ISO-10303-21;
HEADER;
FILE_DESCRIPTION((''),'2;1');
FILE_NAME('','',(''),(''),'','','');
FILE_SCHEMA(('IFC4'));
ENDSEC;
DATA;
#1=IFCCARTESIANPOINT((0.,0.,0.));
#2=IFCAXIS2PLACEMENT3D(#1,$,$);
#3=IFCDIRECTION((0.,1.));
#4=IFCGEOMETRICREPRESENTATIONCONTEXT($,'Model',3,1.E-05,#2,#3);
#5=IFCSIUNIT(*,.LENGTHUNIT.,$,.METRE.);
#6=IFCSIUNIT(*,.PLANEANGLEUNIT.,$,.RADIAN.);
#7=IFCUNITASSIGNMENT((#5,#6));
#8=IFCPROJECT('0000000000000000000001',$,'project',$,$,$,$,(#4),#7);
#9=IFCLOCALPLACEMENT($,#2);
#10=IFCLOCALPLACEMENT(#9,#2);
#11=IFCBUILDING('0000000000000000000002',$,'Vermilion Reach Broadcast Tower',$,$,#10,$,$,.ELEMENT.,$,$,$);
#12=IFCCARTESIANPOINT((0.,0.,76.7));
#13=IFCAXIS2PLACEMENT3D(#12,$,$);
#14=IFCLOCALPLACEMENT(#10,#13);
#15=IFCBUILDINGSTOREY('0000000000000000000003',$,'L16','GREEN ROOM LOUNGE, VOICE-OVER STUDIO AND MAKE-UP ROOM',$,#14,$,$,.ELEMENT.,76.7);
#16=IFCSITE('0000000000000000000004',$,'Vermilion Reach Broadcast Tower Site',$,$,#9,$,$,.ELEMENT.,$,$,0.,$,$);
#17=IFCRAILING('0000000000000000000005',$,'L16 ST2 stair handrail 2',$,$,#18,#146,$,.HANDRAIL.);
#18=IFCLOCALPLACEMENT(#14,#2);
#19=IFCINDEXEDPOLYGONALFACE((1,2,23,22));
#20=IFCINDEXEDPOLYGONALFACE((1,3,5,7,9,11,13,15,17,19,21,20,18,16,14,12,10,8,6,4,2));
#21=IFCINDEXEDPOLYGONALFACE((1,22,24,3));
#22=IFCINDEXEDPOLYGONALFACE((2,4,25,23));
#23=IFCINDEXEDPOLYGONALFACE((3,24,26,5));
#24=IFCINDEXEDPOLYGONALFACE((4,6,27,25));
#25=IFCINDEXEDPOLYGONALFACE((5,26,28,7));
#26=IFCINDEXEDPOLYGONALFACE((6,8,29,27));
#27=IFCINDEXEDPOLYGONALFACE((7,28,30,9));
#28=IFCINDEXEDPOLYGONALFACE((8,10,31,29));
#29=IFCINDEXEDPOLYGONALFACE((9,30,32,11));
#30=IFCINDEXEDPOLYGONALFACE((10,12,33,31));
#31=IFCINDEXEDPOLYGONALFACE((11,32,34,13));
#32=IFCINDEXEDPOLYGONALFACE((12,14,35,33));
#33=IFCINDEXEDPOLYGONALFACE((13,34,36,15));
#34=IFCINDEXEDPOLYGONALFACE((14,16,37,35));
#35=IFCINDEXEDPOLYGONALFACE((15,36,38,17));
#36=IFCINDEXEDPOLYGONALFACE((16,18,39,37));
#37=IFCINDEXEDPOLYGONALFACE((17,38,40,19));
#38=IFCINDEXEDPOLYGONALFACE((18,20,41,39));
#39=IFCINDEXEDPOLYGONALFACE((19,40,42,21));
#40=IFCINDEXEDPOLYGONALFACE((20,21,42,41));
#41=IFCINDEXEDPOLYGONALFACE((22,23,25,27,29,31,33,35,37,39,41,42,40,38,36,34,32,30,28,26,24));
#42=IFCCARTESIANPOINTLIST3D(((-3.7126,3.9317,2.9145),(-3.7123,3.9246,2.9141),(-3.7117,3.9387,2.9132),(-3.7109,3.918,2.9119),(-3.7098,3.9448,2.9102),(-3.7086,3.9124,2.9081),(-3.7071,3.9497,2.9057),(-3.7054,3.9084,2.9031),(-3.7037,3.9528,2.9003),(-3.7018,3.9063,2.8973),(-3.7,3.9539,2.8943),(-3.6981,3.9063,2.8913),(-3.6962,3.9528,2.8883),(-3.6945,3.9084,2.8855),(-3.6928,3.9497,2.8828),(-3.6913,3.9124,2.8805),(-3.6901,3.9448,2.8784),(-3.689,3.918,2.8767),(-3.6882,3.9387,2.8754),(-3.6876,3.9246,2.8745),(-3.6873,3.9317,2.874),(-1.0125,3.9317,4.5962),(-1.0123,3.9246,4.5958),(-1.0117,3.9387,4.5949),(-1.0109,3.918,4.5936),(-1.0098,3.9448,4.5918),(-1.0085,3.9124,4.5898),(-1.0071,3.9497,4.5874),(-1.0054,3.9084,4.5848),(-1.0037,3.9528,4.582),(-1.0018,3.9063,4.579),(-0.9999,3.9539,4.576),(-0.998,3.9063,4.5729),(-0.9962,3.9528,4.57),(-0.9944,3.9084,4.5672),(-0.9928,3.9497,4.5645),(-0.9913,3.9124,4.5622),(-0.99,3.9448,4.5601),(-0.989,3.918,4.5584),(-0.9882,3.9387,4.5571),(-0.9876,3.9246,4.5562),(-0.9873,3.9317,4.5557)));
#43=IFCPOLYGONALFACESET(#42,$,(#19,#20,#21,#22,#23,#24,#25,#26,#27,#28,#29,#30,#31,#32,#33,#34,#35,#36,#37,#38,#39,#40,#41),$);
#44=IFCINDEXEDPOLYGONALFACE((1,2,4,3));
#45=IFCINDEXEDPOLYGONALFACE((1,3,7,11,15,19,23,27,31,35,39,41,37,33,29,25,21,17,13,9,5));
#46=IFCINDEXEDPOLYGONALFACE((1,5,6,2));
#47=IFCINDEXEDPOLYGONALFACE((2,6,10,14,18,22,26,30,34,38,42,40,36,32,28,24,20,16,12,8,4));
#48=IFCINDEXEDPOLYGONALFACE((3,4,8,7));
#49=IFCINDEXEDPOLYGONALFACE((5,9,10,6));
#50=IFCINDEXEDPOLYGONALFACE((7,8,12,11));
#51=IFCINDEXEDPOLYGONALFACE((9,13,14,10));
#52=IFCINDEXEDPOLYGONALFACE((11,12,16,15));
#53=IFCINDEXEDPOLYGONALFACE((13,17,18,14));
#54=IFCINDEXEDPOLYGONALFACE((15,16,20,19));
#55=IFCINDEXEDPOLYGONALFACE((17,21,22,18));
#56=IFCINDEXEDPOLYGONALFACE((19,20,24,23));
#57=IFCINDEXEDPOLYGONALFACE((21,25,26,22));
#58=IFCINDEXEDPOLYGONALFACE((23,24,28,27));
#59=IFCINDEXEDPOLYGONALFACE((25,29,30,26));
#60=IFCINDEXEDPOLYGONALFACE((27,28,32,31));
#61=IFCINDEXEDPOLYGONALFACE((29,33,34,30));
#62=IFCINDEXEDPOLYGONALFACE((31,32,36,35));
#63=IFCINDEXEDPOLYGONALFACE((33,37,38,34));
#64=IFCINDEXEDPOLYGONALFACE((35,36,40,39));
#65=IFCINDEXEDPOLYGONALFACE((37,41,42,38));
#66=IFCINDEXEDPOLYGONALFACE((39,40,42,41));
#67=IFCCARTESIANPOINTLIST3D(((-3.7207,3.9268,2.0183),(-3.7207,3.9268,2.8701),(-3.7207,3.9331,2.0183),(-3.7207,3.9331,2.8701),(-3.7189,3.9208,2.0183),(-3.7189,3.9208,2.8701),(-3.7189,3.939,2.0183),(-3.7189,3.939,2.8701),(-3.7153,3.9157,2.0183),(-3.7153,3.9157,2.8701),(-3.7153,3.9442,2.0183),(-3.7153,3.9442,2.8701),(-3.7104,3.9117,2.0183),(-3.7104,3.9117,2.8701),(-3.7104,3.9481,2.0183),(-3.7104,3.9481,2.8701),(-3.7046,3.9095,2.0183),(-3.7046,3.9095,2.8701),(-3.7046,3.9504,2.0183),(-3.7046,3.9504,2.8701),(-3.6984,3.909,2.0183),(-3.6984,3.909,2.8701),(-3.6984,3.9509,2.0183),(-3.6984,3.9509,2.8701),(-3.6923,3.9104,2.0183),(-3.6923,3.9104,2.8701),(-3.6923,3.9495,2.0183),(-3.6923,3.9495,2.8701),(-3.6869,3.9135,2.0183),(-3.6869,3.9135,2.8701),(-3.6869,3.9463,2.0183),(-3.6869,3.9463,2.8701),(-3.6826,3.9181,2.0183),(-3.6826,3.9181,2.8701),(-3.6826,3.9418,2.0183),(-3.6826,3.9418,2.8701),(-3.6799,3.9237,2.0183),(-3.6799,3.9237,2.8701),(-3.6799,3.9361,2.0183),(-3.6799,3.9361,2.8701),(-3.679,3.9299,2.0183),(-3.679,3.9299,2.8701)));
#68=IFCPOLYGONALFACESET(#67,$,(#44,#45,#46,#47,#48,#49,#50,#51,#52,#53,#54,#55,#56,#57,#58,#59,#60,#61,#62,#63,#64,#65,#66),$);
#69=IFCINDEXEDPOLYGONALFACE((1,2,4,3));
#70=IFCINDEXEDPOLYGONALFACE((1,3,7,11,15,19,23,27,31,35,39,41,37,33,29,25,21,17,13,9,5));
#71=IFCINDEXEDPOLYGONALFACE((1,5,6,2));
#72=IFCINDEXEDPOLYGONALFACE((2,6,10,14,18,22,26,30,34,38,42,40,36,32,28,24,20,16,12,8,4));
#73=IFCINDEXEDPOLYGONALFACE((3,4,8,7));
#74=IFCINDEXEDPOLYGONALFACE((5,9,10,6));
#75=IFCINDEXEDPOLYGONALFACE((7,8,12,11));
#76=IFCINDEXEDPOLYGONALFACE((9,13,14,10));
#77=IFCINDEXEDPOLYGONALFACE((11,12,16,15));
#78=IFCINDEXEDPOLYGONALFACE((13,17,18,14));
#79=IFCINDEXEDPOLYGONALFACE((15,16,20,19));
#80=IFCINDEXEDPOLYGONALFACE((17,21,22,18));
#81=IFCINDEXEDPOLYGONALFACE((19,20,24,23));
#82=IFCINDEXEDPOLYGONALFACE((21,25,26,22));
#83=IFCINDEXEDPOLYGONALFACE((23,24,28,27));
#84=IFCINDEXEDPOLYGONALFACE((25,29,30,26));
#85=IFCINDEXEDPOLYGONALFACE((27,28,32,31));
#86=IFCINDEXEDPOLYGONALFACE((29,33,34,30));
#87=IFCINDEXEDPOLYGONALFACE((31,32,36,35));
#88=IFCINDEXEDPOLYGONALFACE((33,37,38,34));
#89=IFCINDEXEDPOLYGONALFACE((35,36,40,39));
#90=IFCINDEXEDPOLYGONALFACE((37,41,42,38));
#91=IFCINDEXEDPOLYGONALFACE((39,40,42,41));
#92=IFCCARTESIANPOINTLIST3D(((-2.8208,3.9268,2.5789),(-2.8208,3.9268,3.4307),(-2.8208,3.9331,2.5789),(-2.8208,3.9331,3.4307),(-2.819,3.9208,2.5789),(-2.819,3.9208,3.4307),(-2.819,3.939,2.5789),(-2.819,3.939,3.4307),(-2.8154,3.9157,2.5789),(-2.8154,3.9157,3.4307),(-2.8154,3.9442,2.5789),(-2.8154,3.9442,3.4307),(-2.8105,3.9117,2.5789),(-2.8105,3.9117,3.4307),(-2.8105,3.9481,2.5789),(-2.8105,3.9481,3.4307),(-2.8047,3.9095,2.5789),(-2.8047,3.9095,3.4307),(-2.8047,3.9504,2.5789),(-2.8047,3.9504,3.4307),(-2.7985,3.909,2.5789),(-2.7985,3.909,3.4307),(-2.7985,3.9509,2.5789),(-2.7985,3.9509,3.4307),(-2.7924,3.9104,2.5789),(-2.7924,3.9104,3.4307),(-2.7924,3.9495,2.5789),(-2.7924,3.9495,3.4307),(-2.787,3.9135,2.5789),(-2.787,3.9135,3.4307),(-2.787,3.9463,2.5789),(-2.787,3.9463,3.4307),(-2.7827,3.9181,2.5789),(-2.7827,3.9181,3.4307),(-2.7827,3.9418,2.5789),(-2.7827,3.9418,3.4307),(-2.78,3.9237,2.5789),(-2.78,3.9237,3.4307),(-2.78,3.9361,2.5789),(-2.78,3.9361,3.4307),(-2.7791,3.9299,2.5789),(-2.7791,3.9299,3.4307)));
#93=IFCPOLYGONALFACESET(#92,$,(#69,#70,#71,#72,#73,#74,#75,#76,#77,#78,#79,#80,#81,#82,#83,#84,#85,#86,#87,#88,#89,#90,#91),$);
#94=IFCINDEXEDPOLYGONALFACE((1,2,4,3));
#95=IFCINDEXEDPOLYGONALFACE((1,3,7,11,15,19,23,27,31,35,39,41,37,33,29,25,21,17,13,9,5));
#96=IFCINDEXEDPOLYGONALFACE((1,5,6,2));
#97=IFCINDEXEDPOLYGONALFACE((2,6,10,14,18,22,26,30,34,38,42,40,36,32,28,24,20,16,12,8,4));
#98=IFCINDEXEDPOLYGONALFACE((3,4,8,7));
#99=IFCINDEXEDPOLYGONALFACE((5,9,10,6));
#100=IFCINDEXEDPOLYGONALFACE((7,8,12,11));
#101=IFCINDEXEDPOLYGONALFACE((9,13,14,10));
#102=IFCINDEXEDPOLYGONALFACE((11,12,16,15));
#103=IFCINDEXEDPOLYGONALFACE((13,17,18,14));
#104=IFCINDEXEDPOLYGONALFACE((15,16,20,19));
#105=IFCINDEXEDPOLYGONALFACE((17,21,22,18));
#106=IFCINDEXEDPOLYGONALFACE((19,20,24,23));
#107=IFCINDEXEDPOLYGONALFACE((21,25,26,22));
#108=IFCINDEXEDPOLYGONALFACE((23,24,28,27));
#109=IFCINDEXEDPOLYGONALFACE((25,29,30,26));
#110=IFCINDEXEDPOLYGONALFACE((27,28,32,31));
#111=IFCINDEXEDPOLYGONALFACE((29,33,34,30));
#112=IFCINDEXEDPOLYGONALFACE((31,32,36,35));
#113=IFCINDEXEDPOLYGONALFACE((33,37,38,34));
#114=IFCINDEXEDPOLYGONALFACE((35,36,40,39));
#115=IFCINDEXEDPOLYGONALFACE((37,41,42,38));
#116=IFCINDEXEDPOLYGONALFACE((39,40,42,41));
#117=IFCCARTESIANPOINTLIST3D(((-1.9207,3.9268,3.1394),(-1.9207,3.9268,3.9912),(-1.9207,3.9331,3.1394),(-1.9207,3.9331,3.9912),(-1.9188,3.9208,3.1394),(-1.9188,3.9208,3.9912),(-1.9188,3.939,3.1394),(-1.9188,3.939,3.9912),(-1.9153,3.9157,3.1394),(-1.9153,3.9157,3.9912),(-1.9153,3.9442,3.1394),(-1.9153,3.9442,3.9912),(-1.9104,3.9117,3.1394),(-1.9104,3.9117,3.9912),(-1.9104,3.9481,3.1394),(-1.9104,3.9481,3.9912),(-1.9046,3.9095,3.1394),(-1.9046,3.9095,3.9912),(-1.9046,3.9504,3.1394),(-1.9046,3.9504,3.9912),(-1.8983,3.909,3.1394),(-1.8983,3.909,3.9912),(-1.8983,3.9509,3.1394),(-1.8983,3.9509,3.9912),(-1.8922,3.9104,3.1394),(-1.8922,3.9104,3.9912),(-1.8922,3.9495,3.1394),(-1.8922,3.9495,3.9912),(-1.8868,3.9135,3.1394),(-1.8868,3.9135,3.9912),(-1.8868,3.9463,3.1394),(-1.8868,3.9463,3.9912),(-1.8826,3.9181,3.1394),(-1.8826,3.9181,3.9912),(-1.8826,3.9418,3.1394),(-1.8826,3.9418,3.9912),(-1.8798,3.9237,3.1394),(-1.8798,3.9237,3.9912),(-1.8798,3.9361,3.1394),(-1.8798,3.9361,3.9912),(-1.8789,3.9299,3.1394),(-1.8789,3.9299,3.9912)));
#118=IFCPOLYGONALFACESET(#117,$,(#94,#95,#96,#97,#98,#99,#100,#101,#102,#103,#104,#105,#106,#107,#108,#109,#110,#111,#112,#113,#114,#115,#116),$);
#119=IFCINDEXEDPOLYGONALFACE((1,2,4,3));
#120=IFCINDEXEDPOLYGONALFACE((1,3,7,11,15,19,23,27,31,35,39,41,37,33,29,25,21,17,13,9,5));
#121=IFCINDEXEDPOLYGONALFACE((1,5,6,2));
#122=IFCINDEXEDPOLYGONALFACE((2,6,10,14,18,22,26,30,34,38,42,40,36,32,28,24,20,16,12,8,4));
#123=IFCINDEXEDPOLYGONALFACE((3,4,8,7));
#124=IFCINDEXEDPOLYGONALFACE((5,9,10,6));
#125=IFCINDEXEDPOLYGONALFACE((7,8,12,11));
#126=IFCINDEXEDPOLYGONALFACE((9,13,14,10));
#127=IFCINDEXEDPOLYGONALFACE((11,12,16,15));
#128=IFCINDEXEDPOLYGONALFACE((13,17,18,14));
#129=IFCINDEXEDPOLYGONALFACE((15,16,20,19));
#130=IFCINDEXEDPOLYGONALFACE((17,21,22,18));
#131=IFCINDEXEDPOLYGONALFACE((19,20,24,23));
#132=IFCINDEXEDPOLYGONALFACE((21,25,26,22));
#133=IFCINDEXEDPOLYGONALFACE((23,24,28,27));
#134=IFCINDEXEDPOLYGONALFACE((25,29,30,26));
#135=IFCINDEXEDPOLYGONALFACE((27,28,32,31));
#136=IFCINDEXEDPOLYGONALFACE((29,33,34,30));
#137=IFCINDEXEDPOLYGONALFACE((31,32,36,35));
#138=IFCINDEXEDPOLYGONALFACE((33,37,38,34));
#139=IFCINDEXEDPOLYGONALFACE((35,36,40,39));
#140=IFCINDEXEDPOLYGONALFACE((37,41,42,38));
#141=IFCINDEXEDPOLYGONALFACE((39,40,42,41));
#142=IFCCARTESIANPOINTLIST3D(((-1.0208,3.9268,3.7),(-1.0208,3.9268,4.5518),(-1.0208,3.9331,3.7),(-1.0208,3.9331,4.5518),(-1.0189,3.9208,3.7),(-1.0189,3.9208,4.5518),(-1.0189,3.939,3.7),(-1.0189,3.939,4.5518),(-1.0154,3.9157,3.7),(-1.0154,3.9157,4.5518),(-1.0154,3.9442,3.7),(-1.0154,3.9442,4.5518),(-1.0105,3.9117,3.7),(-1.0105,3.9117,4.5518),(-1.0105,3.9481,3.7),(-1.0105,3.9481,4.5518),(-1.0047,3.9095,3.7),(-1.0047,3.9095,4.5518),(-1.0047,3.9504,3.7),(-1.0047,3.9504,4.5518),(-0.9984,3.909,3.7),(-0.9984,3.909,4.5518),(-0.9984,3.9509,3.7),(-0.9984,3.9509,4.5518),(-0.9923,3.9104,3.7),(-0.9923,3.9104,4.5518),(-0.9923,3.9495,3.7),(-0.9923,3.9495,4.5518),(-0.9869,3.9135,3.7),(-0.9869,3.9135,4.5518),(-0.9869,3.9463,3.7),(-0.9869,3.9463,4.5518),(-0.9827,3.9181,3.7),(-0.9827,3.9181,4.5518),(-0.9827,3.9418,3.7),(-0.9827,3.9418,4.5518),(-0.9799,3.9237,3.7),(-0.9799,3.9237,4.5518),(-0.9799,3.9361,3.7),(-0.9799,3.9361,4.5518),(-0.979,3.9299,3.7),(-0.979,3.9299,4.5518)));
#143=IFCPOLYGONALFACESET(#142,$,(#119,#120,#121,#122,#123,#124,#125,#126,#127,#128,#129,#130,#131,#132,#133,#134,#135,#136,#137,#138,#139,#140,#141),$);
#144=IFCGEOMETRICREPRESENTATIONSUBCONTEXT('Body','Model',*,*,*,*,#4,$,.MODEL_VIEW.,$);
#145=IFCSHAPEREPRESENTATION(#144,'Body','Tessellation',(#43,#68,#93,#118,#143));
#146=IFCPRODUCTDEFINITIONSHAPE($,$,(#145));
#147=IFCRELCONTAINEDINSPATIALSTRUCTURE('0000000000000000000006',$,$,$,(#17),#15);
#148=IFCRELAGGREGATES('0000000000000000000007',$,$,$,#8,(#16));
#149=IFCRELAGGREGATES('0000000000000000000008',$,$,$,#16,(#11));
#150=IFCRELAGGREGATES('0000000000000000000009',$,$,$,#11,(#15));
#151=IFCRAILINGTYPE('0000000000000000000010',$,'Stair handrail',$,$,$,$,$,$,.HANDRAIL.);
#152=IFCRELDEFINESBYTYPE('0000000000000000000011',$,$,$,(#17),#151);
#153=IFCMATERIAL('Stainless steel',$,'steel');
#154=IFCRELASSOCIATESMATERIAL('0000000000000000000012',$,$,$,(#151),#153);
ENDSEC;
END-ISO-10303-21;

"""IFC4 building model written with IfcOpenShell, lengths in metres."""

from ifc_helpers import new_model, si_unit, direction, frame, origin, origin_2d, place, context, subcontext, project, spatial, circle, extrude, material, type_object, element, save


model = new_model("IFC4")

# Units and contexts
model_context = context("Model", 3, precision=1e-05, world=origin(), true_north=direction((0.0, 1.0)))
body_context = subcontext(model_context, "Body", "Model", "MODEL_VIEW")
ifc_project = project(units=[si_unit("LENGTHUNIT", "METRE"), si_unit("PLANEANGLEUNIT", "RADIAN")], contexts=[model_context])

# Site, building, storey
site_placement = place(None, origin())
site = spatial("IfcSite", under=ifc_project, at=site_placement, Name="Vermilion Reach Broadcast Tower Site", CompositionType="ELEMENT", RefElevation=0.0)
building_placement = place(site_placement, origin())
building = spatial("IfcBuilding", under=site, at=building_placement, Name="Vermilion Reach Broadcast Tower", CompositionType="ELEMENT")
storey_placement = place(building_placement, frame((0.0, 0.0, 76.7)))
storey = spatial("IfcBuildingStorey", under=building, at=storey_placement, Name="L16", Description="GREEN ROOM LOUNGE, VOICE-OVER STUDIO AND MAKE-UP ROOM", CompositionType="ELEMENT", Elevation=76.7)

# Railing
ifc_material_1 = material(Name="Stainless steel", Category="steel")
railing_type_1 = type_object("IfcRailingType", Name="Stair handrail", PredefinedType="HANDRAIL", material=ifc_material_1)
railing_1_placement = place(storey_placement, frame((-3.7, 3.9299, 2.0183)))
element("IfcRailing", 1, at=railing_1_placement, inside=storey, type_object=railing_type_1, Name="L16 ST2 stair handrail 2", PredefinedType="HANDRAIL", context=body_context, shape_type="SweptSolid", body=[
    extrude(circle(Radius=0.0239, at=origin_2d()), frame((0.0, 0.0, 0.876), z_axis=(0.848821, 0.0, 0.528681), x_axis=(0.0, 1.0, 0.0)), (0.0, 0.0, 1.0), 3.1809),
    extrude(circle(Radius=0.021, at=origin_2d()), origin(), (0.0, 0.0, 1.0), 0.8518),
    extrude(circle(Radius=0.021, at=origin_2d()), frame((0.8999, 0.0, 0.5605)), (0.0, 0.0, 1.0), 0.8518),
    extrude(circle(Radius=0.021, at=origin_2d()), frame((1.8, 0.0, 1.1211)), (0.0, 0.0, 1.0), 0.8518),
    extrude(circle(Radius=0.021, at=origin_2d()), frame((2.7, 0.0, 1.6816)), (0.0, 0.0, 1.0), 0.8518),
])

save(model, "model.ifc")
